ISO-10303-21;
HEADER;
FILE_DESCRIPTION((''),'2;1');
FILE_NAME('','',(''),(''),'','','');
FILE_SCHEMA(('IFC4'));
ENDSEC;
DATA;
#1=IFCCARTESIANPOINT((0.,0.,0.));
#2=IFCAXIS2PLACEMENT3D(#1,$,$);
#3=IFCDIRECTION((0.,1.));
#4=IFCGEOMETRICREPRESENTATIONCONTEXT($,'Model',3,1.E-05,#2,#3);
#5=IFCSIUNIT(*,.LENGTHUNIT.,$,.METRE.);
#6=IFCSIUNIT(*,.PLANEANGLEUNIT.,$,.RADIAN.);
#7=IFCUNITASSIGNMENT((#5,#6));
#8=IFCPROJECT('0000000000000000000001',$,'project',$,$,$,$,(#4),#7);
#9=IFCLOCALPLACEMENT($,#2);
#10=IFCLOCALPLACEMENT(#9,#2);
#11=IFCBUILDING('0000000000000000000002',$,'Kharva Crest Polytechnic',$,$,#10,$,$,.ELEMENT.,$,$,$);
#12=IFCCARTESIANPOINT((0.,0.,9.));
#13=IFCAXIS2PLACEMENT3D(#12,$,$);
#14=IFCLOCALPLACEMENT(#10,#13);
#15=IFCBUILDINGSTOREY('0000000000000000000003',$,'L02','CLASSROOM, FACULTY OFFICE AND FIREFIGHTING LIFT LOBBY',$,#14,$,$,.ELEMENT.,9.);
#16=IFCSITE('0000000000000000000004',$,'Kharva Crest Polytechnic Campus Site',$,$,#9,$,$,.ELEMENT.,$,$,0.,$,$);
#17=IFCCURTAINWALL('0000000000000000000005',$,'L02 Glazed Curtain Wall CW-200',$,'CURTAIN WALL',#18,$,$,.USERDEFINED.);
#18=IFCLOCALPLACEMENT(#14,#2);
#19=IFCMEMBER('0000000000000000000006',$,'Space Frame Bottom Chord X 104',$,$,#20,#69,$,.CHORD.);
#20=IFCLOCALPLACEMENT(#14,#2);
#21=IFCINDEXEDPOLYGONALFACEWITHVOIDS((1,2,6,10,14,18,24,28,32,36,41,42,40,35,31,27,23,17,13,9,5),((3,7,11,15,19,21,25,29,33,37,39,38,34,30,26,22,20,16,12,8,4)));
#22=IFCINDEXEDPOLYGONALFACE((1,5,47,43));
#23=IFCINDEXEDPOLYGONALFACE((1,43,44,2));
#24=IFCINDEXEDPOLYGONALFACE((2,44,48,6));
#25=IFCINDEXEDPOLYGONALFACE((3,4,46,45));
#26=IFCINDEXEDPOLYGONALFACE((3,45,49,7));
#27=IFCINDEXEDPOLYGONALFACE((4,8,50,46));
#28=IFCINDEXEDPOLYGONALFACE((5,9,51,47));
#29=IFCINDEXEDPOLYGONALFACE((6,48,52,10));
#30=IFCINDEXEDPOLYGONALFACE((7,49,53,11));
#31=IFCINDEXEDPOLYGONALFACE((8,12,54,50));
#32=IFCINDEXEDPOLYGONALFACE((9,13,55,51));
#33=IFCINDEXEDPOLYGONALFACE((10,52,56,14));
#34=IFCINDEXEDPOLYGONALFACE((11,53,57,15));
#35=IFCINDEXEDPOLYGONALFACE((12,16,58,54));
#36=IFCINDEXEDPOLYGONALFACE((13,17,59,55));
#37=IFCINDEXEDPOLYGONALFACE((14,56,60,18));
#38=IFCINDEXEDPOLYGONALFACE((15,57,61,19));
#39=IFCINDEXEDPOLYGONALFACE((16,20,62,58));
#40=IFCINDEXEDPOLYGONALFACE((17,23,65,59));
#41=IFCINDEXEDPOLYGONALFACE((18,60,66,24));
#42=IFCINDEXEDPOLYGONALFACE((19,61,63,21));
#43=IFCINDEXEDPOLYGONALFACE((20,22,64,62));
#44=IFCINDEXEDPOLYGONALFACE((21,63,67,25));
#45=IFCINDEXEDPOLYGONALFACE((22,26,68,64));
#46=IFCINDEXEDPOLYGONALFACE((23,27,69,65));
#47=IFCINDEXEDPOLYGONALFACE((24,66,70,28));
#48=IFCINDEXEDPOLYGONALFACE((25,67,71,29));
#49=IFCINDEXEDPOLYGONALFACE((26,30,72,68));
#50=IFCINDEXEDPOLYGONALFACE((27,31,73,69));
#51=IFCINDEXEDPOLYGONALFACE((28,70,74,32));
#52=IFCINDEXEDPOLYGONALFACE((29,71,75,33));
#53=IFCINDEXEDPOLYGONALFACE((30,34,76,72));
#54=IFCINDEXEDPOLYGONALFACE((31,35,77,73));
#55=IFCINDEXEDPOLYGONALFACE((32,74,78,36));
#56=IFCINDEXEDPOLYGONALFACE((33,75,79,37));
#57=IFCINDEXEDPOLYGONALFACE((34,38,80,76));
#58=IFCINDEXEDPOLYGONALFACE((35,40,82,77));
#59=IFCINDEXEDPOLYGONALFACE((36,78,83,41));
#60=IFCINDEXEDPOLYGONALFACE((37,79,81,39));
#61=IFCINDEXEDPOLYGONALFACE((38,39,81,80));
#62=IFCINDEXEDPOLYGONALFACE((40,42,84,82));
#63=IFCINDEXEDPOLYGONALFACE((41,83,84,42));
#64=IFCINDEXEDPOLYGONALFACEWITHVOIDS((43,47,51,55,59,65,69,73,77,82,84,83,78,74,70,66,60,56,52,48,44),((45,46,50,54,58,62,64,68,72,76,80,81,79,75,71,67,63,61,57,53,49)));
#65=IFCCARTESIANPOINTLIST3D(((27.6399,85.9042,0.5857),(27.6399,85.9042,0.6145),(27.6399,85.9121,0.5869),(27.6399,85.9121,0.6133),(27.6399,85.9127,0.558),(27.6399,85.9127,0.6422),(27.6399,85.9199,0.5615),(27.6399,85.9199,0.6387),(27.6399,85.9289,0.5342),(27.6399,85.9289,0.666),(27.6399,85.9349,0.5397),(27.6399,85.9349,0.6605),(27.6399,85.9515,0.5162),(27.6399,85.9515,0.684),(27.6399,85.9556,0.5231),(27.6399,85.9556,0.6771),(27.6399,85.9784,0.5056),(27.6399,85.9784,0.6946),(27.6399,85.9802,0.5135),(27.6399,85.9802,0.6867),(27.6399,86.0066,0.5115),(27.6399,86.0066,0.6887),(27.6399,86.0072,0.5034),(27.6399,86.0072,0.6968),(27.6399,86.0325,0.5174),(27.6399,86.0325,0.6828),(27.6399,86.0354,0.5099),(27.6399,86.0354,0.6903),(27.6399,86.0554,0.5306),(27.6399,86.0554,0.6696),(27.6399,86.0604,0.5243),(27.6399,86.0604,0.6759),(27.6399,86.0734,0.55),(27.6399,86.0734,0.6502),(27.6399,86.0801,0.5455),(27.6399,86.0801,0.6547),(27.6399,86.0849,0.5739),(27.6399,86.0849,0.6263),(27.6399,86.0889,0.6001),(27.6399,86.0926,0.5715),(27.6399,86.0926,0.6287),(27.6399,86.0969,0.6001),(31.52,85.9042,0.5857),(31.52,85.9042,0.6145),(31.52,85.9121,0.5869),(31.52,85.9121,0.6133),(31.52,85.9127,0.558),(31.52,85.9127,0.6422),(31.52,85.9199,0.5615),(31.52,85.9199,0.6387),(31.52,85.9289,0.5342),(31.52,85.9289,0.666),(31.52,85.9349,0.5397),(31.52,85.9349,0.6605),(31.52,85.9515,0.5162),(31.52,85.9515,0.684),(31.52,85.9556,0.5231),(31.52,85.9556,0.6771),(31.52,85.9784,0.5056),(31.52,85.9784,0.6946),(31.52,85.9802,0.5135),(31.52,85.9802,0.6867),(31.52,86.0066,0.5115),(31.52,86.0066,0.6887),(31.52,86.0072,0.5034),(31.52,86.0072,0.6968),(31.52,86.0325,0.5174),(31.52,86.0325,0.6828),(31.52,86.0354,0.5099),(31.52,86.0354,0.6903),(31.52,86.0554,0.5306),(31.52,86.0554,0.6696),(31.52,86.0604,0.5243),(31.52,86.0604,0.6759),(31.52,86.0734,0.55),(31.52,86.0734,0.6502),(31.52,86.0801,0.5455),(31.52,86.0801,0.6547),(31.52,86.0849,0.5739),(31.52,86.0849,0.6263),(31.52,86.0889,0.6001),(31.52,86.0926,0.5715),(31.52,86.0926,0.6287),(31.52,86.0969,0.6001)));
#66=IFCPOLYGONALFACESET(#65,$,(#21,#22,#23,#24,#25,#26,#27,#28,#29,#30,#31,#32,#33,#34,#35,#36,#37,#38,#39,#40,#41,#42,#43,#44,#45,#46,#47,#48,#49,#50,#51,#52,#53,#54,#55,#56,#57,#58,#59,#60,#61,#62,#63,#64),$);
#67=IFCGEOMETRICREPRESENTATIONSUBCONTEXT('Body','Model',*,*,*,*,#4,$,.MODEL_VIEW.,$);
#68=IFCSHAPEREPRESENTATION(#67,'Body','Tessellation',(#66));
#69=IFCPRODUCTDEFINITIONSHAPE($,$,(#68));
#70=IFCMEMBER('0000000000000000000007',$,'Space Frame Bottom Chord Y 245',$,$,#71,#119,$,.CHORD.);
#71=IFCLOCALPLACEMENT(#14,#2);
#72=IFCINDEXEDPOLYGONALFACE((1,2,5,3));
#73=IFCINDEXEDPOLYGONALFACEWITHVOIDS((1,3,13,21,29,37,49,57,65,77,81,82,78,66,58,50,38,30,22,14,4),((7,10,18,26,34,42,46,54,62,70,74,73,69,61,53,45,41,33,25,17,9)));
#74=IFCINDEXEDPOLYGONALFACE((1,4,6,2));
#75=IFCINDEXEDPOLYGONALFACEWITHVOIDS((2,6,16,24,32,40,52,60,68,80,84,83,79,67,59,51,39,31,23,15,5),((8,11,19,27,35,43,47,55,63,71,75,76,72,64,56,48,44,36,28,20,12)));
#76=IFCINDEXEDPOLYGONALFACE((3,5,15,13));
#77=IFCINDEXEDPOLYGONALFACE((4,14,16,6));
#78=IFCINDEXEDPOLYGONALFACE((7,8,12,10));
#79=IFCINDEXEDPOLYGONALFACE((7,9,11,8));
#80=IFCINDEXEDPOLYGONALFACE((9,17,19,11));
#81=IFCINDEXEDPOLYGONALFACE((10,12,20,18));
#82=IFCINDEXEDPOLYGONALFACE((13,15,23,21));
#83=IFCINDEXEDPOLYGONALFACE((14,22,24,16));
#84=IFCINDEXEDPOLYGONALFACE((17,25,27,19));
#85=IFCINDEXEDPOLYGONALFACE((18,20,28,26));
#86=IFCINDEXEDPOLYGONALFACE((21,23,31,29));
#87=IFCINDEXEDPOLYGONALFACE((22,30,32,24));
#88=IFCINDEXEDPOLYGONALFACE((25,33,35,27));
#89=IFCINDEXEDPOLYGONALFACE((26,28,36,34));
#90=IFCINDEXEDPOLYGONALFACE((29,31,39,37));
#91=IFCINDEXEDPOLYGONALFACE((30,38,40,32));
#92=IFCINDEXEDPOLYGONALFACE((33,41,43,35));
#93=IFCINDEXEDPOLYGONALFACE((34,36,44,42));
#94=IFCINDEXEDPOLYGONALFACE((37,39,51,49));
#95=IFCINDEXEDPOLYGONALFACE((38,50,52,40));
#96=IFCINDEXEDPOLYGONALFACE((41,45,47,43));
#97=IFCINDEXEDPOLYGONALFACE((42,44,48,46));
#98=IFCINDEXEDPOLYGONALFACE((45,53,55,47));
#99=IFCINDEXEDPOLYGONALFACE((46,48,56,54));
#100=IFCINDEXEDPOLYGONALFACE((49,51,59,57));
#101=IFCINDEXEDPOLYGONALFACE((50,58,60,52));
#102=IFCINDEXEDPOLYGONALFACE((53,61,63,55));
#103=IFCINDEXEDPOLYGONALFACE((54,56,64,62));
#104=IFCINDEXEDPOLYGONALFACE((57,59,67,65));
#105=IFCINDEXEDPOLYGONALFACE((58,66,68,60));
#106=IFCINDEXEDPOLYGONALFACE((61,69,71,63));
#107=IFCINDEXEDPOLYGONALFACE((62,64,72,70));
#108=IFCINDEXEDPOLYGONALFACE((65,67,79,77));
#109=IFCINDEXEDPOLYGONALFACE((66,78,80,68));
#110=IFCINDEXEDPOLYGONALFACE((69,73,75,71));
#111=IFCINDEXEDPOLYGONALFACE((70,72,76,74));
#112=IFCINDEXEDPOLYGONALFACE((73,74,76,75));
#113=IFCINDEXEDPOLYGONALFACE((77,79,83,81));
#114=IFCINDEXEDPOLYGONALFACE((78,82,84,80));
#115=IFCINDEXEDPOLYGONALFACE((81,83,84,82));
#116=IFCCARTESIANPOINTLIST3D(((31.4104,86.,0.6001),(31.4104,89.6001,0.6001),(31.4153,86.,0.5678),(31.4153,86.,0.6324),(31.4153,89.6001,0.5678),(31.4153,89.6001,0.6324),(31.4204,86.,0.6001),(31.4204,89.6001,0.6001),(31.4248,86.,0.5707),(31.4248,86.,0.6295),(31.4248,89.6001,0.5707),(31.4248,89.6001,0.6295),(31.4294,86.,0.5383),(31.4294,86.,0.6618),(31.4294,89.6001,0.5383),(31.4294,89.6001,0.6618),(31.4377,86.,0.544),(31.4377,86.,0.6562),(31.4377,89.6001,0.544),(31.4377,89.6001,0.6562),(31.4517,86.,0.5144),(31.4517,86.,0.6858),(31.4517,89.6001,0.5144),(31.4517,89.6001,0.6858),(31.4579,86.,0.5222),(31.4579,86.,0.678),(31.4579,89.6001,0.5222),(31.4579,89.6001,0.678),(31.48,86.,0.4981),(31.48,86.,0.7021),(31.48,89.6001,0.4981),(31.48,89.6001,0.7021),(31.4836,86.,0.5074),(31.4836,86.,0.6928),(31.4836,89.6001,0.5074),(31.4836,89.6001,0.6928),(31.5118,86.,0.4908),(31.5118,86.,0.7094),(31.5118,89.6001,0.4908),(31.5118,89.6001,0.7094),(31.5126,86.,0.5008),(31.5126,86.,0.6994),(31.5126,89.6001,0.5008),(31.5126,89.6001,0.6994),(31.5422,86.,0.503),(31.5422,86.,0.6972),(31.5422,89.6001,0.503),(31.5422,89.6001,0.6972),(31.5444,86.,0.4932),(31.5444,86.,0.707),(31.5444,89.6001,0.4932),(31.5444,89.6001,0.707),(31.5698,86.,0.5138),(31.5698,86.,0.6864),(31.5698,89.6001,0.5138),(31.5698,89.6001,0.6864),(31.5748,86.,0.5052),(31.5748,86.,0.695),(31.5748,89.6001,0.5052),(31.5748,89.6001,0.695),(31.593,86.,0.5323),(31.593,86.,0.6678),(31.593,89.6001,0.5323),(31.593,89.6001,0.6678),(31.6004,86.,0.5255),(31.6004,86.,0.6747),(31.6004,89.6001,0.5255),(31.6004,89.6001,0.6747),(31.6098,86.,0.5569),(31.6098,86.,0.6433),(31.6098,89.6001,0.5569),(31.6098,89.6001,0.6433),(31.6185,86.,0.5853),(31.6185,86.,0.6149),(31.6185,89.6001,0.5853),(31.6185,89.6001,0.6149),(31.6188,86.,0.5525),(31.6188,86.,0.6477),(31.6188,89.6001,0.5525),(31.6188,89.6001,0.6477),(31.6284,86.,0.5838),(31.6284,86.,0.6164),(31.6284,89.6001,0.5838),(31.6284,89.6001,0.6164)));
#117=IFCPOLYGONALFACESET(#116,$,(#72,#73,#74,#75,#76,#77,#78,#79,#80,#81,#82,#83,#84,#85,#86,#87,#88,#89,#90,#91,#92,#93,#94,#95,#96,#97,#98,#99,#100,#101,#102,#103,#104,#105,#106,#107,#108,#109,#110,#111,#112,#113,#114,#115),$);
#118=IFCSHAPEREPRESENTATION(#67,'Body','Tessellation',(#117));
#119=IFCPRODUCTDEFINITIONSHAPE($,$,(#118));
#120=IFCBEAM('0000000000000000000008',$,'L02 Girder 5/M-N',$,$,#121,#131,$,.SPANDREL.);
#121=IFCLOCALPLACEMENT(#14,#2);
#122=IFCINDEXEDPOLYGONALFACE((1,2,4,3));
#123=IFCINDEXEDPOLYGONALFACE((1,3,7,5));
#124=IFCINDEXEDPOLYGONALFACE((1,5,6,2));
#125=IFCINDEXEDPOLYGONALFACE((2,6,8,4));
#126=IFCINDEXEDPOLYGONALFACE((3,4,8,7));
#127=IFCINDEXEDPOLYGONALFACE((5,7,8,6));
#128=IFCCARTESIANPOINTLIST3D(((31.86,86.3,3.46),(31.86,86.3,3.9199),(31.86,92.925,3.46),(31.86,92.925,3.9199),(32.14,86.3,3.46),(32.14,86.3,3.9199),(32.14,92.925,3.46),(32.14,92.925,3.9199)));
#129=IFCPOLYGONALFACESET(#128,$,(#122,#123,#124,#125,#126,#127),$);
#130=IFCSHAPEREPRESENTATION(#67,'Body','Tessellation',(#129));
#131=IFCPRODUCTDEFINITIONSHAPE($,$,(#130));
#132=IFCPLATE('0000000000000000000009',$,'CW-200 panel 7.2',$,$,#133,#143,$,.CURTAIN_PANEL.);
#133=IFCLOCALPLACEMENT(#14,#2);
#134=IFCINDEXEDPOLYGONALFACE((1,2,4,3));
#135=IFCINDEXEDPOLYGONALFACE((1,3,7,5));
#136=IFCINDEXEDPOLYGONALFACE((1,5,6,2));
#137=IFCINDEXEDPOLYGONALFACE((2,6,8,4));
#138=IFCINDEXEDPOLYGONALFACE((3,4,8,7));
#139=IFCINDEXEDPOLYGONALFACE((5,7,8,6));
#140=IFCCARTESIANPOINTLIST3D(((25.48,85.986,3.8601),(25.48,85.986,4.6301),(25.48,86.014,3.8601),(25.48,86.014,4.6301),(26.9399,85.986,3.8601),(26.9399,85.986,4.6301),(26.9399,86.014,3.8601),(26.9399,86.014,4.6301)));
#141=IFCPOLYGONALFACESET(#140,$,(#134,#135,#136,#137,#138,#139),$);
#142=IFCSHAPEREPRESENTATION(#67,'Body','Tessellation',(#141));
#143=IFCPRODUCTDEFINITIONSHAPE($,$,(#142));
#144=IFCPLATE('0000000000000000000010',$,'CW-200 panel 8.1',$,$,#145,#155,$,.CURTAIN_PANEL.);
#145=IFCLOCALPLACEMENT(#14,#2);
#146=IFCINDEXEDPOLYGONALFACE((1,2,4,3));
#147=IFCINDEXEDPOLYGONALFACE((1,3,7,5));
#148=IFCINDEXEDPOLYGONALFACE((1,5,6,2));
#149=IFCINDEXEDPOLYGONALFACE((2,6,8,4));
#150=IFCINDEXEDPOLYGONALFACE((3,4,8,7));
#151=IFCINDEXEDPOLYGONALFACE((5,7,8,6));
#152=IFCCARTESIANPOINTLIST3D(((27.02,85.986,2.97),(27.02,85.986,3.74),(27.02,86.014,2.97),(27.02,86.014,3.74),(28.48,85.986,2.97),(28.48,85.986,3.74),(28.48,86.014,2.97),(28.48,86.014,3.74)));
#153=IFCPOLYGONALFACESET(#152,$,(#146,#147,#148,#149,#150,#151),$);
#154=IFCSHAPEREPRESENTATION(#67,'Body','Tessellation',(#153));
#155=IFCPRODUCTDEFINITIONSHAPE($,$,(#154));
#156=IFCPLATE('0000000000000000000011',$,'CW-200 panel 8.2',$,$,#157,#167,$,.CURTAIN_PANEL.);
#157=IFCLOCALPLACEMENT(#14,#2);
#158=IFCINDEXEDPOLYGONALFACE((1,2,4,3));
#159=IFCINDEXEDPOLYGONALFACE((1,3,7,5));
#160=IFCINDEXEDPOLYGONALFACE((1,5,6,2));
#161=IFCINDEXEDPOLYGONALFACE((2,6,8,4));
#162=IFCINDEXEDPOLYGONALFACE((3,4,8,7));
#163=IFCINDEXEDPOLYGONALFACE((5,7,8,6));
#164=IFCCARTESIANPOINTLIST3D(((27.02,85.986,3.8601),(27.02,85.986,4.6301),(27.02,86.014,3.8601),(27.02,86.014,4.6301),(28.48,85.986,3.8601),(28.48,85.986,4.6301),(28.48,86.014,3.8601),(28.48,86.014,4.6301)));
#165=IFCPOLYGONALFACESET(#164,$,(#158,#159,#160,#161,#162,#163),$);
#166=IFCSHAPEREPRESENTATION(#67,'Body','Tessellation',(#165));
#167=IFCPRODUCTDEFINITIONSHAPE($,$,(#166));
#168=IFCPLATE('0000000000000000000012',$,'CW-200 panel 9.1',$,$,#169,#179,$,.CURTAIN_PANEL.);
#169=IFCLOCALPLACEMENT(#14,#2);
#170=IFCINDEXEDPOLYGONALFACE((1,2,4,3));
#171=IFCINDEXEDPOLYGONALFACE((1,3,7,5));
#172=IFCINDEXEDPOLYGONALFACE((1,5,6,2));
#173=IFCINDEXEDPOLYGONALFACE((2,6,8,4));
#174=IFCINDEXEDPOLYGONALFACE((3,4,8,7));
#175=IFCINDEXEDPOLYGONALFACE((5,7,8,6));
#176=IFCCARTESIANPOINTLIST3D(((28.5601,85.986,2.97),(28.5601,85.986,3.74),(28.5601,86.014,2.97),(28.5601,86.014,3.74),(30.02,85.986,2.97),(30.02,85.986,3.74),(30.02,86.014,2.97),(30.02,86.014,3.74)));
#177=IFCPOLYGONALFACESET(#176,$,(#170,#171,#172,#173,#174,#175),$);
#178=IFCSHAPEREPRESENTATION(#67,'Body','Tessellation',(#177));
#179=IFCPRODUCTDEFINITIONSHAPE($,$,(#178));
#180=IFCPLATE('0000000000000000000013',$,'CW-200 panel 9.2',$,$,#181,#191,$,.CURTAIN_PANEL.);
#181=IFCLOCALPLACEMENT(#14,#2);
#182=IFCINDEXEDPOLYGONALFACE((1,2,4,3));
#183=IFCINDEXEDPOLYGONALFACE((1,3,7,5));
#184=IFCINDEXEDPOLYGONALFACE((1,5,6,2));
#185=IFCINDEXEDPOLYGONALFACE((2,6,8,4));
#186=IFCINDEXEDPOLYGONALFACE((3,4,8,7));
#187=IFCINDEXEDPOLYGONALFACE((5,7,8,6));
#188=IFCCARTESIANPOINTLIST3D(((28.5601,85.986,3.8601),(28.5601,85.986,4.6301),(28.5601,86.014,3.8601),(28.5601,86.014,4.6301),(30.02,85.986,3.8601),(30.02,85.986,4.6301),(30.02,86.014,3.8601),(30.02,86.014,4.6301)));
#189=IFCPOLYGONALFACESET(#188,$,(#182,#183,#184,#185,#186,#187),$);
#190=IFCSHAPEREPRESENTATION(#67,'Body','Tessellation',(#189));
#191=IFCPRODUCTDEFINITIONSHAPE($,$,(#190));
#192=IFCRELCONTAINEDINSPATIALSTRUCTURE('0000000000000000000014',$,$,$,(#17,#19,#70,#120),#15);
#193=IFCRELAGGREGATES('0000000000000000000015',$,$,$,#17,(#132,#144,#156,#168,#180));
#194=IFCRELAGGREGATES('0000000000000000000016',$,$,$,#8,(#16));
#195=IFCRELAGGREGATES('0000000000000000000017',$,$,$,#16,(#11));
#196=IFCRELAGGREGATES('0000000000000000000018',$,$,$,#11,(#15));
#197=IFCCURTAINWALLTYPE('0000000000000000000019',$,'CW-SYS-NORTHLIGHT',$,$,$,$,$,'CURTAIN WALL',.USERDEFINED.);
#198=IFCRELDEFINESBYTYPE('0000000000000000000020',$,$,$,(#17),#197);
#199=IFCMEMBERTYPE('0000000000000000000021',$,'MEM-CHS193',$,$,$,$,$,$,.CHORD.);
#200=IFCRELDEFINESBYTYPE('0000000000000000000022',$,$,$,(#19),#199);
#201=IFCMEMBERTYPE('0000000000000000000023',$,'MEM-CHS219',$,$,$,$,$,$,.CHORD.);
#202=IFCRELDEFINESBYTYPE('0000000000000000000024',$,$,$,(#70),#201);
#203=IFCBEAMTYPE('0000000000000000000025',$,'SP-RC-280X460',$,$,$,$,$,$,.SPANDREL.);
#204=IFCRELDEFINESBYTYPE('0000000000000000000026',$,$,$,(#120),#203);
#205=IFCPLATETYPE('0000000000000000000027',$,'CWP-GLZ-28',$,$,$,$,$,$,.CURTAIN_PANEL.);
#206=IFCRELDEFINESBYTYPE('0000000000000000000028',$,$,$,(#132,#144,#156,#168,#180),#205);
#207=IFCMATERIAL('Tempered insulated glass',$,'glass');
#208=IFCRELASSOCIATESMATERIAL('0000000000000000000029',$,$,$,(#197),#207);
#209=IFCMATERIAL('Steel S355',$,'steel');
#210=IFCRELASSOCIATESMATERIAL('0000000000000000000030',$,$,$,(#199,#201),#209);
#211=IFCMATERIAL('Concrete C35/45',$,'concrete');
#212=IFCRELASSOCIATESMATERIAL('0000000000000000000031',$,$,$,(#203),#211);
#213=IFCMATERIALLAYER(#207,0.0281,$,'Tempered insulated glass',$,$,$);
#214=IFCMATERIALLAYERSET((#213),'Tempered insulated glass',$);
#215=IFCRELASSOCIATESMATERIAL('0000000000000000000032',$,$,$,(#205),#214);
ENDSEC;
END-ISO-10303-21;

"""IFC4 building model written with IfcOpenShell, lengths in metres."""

from ifc_helpers import new_model, si_unit, direction, frame, origin, origin_2d, place, context, subcontext, project, spatial, rectangle, hollow_circle, extrude, material, layer, layer_set, material_profile, profile_set, type_object, element, aggregate, save


model = new_model("IFC4")

# Units and contexts
model_context = context("Model", 3, precision=1e-05, world=origin(), true_north=direction((0.0, 1.0)))
body_context = subcontext(model_context, "Body", "Model", "MODEL_VIEW")
ifc_project = project(units=[si_unit("LENGTHUNIT", "METRE"), si_unit("PLANEANGLEUNIT", "RADIAN")], contexts=[model_context])

# Site, building, storey
site_placement = place(None, origin())
site = spatial("IfcSite", under=ifc_project, at=site_placement, Name="Kharva Crest Polytechnic Campus Site", CompositionType="ELEMENT", RefElevation=0.0)
building_placement = place(site_placement, origin())
building = spatial("IfcBuilding", under=site, at=building_placement, Name="Kharva Crest Polytechnic", CompositionType="ELEMENT")
storey_placement = place(building_placement, frame((0.0, 0.0, 9.0)))
storey = spatial("IfcBuildingStorey", under=building, at=storey_placement, Name="L02", Description="CLASSROOM, FACULTY OFFICE AND FIREFIGHTING LIFT LOBBY", CompositionType="ELEMENT", Elevation=9.0)

# Shared definitions
ifc_material_1 = material(Name="Concrete C35/45", Category="concrete")

# Curtain wall
ifc_material_2 = material(Name="Tempered insulated glass", Category="glass")
curtain_wall_type = type_object("IfcCurtainWallType", Name="CW-SYS-NORTHLIGHT", ElementType="CURTAIN WALL", PredefinedType="USERDEFINED", material=ifc_material_2)
curtain_wall_placement = place(storey_placement, origin())
curtain_wall = element("IfcCurtainWall", 1, at=curtain_wall_placement, inside=storey, type_object=curtain_wall_type, Name="L02 Glazed Curtain Wall CW-200", ObjectType="CURTAIN WALL", PredefinedType="USERDEFINED")
ifc_material_3 = material(Name="Steel S355", Category="steel")

# Members
ifc_material_profile_1 = material_profile(ifc_material_3, hollow_circle(Radius=0.0969, WallThickness=0.0081, at=origin_2d()), Name="CHS 193.7X8.0")
ifc_profile_set_1 = profile_set([ifc_material_profile_1], Name="Steel S355")
member_type_1 = type_object("IfcMemberType", Name="MEM-CHS193", PredefinedType="CHORD", material=ifc_profile_set_1)
member_1_placement = place(storey_placement, frame((27.6399, 86.0, 0.6001), z_axis=(1.0, 0.0, 0.0), x_axis=(0.0, 1.0, 0.0)))
element("IfcMember", 2, at=member_1_placement, inside=storey, type_object=member_type_1, Name="Space Frame Bottom Chord X 104", PredefinedType="CHORD", context=body_context, shape_type="SweptSolid", body=[
    extrude(hollow_circle(Radius=0.0969, WallThickness=0.0081, at=origin_2d()), origin(), (0.0, 0.0, 1.0), 3.8801),
])
ifc_material_profile_2 = material_profile(ifc_material_3, hollow_circle(Radius=0.1096, WallThickness=0.01, at=origin_2d()), Name="CHS 219.1X10.0")
ifc_profile_set_2 = profile_set([ifc_material_profile_2], Name="Steel S355")
member_type_2 = type_object("IfcMemberType", Name="MEM-CHS219", PredefinedType="CHORD", material=ifc_profile_set_2)
member_2_placement = place(storey_placement, frame((31.52, 86.0, 0.6001), z_axis=(0.0, 1.0, 0.0), x_axis=(-1.0, 0.0, 0.0)))
element("IfcMember", 3, at=member_2_placement, inside=storey, type_object=member_type_2, Name="Space Frame Bottom Chord Y 245", PredefinedType="CHORD", context=body_context, shape_type="SweptSolid", body=[
    extrude(hollow_circle(Radius=0.1096, WallThickness=0.01, at=origin_2d()), origin(), (0.0, 0.0, 1.0), 3.6001),
])

# Beam
ifc_material_profile_3 = material_profile(ifc_material_1, rectangle(XDim=0.28, YDim=0.46, at=origin_2d()), Name="RECT 280 X 460")
ifc_profile_set_3 = profile_set([ifc_material_profile_3], Name="Concrete C35/45")
beam_type_1 = type_object("IfcBeamType", Name="SP-RC-280X460", PredefinedType="SPANDREL", material=ifc_profile_set_3)
beam_1_placement = place(storey_placement, frame((32.0, 86.3, 3.6899), z_axis=(0.0, 1.0, 0.0), x_axis=(-1.0, 0.0, 0.0)))
element("IfcBeam", 4, at=beam_1_placement, inside=storey, type_object=beam_type_1, Name="L02 Girder 5/M-N", PredefinedType="SPANDREL", context=body_context, shape_type="SweptSolid", body=[
    extrude(rectangle(XDim=0.28, YDim=0.46, at=origin_2d()), origin(), (0.0, 0.0, 1.0), 6.625),
])

# Plates
ifc_layer = layer(ifc_material_2, 0.0281, Name="Tempered insulated glass")
ifc_layer_set = layer_set([ifc_layer], Name="Tempered insulated glass")
plate_type_1 = type_object("IfcPlateType", Name="CWP-GLZ-28", PredefinedType="CURTAIN_PANEL", material=ifc_layer_set)
plate_1_placement = place(storey_placement, frame((26.21, 86.0, 3.8601), z_axis=(0.0, 0.0, 1.0), x_axis=(1.0, 0.0, 0.0)))
plate_1 = element("IfcPlate", 5, at=plate_1_placement, type_object=plate_type_1, Name="CW-200 panel 7.2", PredefinedType="CURTAIN_PANEL", context=body_context, shape_type="SweptSolid", body=[
    extrude(rectangle(XDim=1.46, YDim=0.0281, at=origin_2d()), origin(), (0.0, 0.0, 1.0), 0.77),
])
plate_2_placement = place(storey_placement, frame((27.75, 86.0, 2.97), z_axis=(0.0, 0.0, 1.0), x_axis=(1.0, 0.0, 0.0)))
plate_2 = element("IfcPlate", 6, at=plate_2_placement, type_object=plate_type_1, Name="CW-200 panel 8.1", PredefinedType="CURTAIN_PANEL", context=body_context, shape_type="SweptSolid", body=[
    extrude(rectangle(XDim=1.46, YDim=0.0281, at=origin_2d()), origin(), (0.0, 0.0, 1.0), 0.77),
])
plate_3_placement = place(storey_placement, frame((27.75, 86.0, 3.8601), z_axis=(0.0, 0.0, 1.0), x_axis=(1.0, 0.0, 0.0)))
plate_3 = element("IfcPlate", 7, at=plate_3_placement, type_object=plate_type_1, Name="CW-200 panel 8.2", PredefinedType="CURTAIN_PANEL", context=body_context, shape_type="SweptSolid", body=[
    extrude(rectangle(XDim=1.46, YDim=0.0281, at=origin_2d()), origin(), (0.0, 0.0, 1.0), 0.77),
])
plate_4_placement = place(storey_placement, frame((29.29, 86.0, 2.97), z_axis=(0.0, 0.0, 1.0), x_axis=(1.0, 0.0, 0.0)))
plate_4 = element("IfcPlate", 8, at=plate_4_placement, type_object=plate_type_1, Name="CW-200 panel 9.1", PredefinedType="CURTAIN_PANEL", context=body_context, shape_type="SweptSolid", body=[
    extrude(rectangle(XDim=1.46, YDim=0.0281, at=origin_2d()), origin(), (0.0, 0.0, 1.0), 0.77),
])
plate_5_placement = place(storey_placement, frame((29.29, 86.0, 3.8601), z_axis=(0.0, 0.0, 1.0), x_axis=(1.0, 0.0, 0.0)))
plate_5 = element("IfcPlate", 9, at=plate_5_placement, type_object=plate_type_1, Name="CW-200 panel 9.2", PredefinedType="CURTAIN_PANEL", context=body_context, shape_type="SweptSolid", body=[
    extrude(rectangle(XDim=1.46, YDim=0.0281, at=origin_2d()), origin(), (0.0, 0.0, 1.0), 0.77),
])
aggregate(curtain_wall, [plate_1, plate_2, plate_3, plate_4, plate_5])

save(model, "model.ifc")
